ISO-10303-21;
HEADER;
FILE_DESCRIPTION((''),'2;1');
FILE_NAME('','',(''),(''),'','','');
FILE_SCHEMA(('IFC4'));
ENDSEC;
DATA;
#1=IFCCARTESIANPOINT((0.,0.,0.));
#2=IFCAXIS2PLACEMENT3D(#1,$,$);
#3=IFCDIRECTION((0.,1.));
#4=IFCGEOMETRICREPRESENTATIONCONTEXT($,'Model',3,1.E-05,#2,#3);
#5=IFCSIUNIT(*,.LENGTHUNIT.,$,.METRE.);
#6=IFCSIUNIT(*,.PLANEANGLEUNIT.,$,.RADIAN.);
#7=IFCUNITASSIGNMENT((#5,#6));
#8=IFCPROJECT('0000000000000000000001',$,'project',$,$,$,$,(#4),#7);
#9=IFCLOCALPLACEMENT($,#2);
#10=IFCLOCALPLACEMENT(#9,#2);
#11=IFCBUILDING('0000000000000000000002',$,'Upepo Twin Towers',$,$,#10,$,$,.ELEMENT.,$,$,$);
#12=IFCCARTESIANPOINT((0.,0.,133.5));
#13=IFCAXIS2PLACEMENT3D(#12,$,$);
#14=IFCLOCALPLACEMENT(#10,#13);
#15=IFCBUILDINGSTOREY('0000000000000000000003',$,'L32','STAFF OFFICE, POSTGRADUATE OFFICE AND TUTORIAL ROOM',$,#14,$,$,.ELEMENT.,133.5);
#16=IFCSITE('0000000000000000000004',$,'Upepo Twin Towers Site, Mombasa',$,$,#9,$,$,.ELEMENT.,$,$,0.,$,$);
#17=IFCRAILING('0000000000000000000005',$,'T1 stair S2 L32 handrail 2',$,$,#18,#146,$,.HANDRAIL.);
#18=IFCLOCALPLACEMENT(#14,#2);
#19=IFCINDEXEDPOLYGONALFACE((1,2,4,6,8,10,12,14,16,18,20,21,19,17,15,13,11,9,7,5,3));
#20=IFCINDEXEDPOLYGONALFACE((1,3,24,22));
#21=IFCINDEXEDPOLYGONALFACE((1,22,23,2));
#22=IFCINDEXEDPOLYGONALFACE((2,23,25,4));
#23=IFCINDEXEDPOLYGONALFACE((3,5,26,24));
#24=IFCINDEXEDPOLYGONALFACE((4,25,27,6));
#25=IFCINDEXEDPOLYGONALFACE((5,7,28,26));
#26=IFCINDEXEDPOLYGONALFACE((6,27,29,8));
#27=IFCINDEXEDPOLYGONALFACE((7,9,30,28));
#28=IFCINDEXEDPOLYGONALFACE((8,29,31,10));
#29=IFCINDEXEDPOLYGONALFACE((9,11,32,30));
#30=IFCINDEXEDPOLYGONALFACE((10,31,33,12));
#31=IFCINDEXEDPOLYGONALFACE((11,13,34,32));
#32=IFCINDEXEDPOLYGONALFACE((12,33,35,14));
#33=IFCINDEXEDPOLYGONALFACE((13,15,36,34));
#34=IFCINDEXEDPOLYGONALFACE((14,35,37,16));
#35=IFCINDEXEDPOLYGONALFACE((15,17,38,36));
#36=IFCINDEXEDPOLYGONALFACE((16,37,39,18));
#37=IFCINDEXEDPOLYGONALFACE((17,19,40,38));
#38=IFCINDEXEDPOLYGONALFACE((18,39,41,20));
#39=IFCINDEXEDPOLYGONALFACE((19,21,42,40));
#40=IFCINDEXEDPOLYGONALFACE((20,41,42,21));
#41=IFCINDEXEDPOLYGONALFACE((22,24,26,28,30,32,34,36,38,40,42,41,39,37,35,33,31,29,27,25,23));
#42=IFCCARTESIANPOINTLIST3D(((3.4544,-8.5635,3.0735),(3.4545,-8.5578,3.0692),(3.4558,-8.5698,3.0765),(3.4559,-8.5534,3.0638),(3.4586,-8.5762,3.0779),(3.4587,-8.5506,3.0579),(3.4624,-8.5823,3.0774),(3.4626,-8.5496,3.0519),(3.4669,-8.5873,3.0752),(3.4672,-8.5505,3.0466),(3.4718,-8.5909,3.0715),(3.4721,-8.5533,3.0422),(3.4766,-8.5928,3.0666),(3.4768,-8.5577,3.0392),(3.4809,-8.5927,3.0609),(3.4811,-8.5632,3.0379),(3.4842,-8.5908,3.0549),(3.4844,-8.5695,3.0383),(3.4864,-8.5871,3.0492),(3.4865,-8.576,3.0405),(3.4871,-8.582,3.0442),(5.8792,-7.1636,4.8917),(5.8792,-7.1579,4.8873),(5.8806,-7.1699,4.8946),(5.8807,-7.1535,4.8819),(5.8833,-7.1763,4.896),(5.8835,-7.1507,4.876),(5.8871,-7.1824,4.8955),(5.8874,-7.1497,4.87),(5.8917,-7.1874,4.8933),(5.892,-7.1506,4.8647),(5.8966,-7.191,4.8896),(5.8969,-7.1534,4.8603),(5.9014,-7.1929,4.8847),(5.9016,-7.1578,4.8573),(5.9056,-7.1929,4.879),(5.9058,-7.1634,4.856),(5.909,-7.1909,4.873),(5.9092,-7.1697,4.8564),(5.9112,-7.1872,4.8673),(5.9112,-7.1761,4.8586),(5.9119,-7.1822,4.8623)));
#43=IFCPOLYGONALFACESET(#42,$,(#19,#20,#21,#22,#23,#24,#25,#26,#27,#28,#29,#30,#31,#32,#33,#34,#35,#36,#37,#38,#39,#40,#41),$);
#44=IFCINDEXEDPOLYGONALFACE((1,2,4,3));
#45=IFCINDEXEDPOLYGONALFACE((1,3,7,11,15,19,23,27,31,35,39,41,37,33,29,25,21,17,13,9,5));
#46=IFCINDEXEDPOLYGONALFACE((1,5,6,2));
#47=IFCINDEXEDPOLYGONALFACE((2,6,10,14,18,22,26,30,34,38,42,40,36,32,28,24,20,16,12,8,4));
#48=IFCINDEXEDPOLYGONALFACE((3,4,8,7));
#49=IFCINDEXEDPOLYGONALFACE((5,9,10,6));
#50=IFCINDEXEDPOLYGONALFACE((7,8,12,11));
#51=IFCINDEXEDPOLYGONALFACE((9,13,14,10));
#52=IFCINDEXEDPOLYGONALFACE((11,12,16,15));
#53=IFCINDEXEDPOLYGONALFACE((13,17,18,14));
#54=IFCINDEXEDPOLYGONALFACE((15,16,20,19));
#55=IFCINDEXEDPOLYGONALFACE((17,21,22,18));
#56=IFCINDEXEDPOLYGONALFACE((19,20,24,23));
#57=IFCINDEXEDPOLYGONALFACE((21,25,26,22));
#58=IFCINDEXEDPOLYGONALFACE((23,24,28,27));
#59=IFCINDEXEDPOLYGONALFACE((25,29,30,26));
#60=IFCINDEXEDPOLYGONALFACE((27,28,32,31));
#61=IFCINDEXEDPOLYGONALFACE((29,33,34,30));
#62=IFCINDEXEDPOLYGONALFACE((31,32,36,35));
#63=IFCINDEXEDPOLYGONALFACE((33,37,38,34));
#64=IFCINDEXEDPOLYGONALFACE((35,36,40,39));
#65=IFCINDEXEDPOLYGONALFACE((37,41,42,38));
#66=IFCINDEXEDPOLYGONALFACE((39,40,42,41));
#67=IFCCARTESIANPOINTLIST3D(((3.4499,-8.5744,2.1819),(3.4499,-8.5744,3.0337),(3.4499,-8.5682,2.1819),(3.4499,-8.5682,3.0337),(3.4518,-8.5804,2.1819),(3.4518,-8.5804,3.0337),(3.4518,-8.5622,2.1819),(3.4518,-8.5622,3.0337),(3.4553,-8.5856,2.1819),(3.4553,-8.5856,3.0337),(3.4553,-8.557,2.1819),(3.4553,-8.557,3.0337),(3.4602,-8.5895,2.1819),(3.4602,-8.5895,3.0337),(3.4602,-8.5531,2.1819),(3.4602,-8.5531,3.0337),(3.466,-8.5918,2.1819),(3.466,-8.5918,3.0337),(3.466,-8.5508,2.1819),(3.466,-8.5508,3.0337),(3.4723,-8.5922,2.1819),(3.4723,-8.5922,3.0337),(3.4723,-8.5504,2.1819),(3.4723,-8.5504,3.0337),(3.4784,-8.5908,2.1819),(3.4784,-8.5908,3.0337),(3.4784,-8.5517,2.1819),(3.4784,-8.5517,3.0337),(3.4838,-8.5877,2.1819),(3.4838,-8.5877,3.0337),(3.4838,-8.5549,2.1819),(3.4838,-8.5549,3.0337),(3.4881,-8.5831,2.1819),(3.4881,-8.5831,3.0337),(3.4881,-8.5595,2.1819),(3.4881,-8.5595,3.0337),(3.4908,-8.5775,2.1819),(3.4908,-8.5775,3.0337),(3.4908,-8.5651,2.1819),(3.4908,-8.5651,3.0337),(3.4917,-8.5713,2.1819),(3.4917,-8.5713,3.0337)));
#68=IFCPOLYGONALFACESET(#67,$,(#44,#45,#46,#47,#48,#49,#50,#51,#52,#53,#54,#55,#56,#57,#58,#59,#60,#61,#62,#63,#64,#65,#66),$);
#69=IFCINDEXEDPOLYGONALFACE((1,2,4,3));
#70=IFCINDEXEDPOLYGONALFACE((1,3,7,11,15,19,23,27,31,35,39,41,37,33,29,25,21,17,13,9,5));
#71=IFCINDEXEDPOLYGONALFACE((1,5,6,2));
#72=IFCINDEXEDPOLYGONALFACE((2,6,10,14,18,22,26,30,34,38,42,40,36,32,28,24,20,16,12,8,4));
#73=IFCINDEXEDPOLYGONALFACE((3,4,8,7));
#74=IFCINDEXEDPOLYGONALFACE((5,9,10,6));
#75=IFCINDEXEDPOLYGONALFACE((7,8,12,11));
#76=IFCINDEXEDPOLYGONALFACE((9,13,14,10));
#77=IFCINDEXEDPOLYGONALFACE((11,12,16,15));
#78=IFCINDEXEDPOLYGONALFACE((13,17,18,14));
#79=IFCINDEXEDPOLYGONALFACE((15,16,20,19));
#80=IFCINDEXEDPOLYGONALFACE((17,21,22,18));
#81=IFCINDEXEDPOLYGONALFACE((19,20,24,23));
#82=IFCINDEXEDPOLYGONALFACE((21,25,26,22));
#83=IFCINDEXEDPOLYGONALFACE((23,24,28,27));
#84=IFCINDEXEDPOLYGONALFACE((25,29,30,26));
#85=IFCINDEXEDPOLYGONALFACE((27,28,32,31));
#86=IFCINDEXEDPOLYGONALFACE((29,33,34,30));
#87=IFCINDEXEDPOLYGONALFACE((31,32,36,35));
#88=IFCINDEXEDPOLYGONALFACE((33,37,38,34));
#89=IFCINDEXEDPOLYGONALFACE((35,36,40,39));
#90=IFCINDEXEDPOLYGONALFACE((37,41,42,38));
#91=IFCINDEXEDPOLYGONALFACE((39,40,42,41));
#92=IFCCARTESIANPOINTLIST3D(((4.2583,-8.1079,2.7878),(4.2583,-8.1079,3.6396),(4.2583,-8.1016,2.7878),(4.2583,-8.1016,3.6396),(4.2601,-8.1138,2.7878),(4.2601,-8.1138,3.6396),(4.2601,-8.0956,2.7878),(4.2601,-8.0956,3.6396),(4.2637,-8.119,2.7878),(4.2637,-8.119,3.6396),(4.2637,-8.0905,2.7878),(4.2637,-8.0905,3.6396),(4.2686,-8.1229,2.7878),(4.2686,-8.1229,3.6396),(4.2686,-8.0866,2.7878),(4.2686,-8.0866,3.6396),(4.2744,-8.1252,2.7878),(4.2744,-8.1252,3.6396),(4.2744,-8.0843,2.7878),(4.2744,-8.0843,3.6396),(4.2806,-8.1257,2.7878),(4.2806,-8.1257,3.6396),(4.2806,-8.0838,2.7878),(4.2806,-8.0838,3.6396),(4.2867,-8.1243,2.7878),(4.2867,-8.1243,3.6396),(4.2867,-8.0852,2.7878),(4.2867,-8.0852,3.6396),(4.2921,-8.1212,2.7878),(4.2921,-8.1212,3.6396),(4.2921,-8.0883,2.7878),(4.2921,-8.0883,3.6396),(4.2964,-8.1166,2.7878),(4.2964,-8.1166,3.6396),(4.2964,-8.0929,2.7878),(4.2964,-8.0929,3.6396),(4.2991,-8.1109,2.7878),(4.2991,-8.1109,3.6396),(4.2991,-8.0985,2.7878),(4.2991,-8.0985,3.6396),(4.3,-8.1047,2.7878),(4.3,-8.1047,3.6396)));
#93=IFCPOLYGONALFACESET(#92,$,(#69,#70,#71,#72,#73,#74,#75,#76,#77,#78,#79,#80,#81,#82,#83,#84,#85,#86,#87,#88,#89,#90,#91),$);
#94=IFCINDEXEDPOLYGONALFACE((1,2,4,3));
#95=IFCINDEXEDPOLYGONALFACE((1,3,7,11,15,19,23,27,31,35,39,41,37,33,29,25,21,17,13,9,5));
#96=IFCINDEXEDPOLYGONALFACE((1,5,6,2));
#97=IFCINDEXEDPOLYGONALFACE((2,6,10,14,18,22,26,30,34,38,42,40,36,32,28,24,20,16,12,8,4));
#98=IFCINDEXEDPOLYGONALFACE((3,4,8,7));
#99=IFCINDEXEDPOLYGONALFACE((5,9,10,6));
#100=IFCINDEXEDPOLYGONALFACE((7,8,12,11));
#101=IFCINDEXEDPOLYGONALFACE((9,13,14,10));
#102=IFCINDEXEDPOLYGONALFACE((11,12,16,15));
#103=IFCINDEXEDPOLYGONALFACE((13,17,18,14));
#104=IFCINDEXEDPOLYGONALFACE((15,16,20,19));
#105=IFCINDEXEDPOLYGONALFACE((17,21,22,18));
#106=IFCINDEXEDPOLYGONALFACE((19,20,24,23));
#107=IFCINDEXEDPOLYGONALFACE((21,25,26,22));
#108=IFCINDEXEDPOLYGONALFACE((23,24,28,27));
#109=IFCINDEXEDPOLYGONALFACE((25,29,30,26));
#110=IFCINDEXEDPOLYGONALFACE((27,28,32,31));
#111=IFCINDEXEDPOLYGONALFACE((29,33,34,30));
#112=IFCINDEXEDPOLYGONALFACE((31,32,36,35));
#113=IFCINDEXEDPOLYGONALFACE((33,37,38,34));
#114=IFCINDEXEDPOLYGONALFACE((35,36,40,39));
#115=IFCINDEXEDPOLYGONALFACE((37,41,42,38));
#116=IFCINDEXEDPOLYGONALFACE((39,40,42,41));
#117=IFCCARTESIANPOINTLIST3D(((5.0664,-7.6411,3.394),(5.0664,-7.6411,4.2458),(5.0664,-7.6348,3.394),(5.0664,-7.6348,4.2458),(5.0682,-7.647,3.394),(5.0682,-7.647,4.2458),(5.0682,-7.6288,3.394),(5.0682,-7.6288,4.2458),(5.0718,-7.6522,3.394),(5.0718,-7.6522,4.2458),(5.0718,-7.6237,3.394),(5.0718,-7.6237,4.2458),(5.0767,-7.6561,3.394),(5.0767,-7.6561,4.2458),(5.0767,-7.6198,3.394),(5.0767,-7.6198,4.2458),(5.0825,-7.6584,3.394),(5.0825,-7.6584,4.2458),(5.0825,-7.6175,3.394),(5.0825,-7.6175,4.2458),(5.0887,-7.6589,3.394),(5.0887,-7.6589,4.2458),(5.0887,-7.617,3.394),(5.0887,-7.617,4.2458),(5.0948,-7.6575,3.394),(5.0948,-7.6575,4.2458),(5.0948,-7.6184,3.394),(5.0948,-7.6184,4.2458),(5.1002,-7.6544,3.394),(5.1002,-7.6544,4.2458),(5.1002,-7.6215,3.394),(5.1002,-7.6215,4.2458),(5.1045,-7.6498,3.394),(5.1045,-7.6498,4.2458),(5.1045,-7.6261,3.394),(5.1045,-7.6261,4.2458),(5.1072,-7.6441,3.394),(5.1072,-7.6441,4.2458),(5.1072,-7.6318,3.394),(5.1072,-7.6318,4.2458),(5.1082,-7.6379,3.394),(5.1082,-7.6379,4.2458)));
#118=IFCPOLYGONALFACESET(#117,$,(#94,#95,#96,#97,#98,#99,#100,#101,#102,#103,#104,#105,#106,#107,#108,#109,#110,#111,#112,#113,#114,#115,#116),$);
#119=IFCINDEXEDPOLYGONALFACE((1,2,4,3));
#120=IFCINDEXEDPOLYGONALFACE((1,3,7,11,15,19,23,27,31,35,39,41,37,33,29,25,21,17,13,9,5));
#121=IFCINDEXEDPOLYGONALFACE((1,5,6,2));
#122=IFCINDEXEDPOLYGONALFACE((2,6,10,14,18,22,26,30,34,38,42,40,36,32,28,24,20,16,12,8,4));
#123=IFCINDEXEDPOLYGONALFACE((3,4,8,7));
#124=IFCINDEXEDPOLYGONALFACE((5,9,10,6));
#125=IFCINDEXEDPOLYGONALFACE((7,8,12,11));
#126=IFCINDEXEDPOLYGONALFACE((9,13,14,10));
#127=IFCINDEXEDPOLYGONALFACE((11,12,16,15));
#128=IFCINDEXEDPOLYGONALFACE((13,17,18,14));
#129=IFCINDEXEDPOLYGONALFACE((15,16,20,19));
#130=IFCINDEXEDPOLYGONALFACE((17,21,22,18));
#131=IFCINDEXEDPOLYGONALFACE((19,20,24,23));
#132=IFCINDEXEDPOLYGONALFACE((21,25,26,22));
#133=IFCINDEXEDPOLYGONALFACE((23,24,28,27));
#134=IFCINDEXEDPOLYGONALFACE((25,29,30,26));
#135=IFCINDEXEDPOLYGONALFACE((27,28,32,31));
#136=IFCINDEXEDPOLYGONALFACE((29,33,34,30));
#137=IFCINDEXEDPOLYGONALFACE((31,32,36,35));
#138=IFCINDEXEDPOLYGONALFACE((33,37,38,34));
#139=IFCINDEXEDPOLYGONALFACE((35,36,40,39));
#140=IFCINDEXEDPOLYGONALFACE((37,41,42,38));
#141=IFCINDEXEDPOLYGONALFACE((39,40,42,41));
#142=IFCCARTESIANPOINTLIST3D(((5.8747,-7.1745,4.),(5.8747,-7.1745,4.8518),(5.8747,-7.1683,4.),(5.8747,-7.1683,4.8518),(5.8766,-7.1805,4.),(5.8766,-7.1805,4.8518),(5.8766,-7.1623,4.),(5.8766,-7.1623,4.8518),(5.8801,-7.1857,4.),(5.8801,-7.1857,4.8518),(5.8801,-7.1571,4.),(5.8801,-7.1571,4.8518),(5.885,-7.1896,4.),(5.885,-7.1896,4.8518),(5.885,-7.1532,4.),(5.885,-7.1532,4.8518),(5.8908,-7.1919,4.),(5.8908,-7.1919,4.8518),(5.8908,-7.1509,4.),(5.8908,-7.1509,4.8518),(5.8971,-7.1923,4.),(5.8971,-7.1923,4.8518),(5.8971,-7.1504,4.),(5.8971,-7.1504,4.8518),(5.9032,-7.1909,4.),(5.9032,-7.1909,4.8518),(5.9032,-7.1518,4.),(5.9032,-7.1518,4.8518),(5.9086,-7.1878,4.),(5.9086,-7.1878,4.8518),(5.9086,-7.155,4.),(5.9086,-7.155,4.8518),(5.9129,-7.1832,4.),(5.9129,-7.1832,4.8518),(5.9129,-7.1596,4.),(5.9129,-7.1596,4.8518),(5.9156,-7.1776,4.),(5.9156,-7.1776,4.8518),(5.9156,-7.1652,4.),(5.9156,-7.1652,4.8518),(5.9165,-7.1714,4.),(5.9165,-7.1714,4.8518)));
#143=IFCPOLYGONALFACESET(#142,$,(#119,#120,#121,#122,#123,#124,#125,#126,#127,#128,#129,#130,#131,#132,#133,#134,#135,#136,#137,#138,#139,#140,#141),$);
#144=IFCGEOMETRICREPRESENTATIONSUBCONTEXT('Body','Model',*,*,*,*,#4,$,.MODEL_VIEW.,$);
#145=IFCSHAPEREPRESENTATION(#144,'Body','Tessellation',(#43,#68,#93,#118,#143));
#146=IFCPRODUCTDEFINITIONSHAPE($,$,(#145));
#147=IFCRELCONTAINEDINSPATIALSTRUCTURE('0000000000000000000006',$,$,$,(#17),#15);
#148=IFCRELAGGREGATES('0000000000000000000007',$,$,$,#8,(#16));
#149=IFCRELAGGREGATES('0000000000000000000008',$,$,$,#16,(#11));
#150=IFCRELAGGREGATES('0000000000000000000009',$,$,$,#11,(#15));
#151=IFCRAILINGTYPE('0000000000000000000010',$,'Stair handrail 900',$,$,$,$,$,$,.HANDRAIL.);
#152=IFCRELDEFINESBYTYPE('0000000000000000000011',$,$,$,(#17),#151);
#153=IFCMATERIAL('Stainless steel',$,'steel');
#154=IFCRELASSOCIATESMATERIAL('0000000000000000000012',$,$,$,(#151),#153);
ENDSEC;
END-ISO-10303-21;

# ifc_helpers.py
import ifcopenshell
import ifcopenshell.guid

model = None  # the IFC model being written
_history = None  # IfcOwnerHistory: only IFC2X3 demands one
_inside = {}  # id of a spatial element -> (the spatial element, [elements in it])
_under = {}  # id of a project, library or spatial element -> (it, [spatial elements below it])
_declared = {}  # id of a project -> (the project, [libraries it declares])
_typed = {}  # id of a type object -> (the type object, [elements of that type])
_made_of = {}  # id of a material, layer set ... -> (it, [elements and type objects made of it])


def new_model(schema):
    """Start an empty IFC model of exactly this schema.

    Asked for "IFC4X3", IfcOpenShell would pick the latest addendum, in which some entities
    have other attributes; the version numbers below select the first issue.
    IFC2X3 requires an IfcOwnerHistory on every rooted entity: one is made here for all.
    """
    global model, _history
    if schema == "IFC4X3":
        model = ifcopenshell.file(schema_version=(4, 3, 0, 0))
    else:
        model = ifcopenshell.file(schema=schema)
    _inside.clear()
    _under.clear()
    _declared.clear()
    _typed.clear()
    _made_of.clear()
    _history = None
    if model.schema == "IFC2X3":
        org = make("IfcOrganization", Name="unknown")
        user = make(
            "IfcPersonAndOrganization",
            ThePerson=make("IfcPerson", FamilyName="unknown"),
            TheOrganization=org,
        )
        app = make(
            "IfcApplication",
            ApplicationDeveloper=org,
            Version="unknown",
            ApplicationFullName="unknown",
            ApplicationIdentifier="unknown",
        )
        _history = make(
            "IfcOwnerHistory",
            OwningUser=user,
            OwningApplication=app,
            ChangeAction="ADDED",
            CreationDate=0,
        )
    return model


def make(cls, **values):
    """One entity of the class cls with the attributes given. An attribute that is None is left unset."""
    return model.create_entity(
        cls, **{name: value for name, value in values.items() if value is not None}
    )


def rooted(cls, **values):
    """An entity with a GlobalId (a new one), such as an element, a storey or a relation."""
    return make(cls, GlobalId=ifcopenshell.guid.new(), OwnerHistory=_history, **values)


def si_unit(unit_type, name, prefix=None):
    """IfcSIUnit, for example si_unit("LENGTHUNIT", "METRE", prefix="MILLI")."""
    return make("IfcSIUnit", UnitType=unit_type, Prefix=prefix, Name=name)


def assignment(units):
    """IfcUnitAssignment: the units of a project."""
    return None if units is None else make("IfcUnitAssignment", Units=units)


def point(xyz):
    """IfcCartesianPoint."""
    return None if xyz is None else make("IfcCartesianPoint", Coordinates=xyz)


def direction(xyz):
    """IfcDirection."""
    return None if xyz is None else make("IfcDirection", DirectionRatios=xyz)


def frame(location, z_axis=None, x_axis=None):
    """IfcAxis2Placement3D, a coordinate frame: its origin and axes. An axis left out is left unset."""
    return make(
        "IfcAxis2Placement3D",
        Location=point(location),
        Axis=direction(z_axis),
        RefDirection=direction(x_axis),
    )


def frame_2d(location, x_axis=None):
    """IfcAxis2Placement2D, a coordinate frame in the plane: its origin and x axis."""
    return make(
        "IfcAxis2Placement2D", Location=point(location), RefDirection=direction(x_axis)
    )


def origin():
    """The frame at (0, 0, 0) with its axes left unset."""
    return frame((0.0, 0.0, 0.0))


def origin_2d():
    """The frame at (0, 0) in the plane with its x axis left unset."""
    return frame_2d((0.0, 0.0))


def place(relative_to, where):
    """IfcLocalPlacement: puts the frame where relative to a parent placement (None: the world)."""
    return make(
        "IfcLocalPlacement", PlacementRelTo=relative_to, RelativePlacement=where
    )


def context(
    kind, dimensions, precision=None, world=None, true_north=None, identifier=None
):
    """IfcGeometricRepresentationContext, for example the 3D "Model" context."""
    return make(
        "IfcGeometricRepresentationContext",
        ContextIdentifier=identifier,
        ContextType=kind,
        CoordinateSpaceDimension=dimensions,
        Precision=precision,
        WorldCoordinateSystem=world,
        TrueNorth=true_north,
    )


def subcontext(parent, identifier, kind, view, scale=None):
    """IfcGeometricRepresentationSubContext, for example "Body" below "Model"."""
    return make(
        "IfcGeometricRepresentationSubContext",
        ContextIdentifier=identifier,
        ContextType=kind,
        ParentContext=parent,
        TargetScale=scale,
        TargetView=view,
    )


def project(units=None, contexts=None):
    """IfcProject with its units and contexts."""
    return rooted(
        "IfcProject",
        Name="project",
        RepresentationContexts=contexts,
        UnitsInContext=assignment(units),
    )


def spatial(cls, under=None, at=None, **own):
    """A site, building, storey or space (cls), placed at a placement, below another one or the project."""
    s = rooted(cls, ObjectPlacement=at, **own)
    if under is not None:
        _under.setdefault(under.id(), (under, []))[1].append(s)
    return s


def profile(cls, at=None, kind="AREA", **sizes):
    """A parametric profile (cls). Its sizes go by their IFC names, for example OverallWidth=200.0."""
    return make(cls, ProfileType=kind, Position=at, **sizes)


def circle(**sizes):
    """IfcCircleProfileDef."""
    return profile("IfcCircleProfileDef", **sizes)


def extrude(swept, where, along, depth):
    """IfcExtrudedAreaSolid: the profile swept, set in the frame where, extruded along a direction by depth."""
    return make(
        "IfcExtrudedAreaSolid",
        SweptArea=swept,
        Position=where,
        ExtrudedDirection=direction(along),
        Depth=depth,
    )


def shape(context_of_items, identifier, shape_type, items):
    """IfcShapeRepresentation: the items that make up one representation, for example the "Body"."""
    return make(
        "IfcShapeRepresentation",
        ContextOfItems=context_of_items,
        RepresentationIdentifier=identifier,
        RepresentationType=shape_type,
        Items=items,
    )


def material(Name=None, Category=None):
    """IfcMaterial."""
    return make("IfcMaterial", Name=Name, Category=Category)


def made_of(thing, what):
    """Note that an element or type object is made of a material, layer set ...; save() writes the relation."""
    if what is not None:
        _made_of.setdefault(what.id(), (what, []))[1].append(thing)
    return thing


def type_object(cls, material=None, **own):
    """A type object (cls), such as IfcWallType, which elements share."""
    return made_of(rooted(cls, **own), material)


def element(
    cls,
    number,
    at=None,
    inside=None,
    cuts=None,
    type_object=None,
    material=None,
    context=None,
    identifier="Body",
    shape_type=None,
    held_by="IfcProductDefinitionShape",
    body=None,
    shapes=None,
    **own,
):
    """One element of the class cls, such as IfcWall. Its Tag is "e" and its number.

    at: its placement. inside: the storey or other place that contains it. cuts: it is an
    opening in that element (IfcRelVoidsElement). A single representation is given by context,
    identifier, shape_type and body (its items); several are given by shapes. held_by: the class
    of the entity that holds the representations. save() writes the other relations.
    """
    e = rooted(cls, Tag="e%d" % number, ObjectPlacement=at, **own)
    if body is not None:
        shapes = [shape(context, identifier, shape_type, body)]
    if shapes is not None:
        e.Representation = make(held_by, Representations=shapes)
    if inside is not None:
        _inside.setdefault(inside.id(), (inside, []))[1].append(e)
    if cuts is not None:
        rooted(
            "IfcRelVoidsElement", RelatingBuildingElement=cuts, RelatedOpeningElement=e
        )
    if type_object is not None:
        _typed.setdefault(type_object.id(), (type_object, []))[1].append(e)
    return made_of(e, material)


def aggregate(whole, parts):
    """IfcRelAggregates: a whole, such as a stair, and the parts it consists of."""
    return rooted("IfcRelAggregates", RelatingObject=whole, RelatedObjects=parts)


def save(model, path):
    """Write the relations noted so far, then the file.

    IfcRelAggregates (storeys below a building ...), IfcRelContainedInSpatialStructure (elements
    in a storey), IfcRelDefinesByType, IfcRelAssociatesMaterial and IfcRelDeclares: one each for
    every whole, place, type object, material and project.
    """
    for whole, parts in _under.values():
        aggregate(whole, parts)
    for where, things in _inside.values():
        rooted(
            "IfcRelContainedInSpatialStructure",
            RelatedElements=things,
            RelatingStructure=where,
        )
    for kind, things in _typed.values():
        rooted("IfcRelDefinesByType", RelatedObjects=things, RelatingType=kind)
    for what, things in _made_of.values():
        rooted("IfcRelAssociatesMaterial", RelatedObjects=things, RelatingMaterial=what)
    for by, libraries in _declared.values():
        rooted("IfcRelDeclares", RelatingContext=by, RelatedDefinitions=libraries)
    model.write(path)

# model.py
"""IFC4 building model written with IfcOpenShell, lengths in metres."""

from ifc_helpers import new_model, si_unit, direction, frame, origin, origin_2d, place, context, subcontext, project, spatial, circle, extrude, material, type_object, element, save


model = new_model("IFC4")

# Units and contexts
model_context = context("Model", 3, precision=1e-05, world=origin(), true_north=direction((0.0, 1.0)))
body_context = subcontext(model_context, "Body", "Model", "MODEL_VIEW")
ifc_project = project(units=[si_unit("LENGTHUNIT", "METRE"), si_unit("PLANEANGLEUNIT", "RADIAN")], contexts=[model_context])

# Site, building, storey
site_placement = place(None, origin())
site = spatial("IfcSite", under=ifc_project, at=site_placement, Name="Upepo Twin Towers Site, Mombasa", CompositionType="ELEMENT", RefElevation=0.0)
building_placement = place(site_placement, origin())
building = spatial("IfcBuilding", under=site, at=building_placement, Name="Upepo Twin Towers", CompositionType="ELEMENT")
storey_placement = place(building_placement, frame((0.0, 0.0, 133.5)))
storey = spatial("IfcBuildingStorey", under=building, at=storey_placement, Name="L32", Description="STAFF OFFICE, POSTGRADUATE OFFICE AND TUTORIAL ROOM", CompositionType="ELEMENT", Elevation=133.5)

# Railing
ifc_material_1 = material(Name="Stainless steel", Category="steel")
railing_type = type_object("IfcRailingType", Name="Stair handrail 900", PredefinedType="HANDRAIL", material=ifc_material_1)
railing_1_placement = place(storey_placement, frame((3.4707, -8.5713, 2.1819)))
element("IfcRailing", 1, at=railing_1_placement, inside=storey, type_object=railing_type, Name="T1 stair S2 L32 handrail 2", PredefinedType="HANDRAIL", context=body_context, shape_type="SweptSolid", body=[
    extrude(circle(Radius=0.0239, at=origin_2d()), frame((0.0, 0.0, 0.876), z_axis=(0.726336, 0.419333, 0.544606), x_axis=(-0.499984, 0.866035, 0.0)), (0.0, 0.0, 1.0), 3.3384),
    extrude(circle(Radius=0.021, at=origin_2d()), origin(), (0.0, 0.0, 1.0), 0.8518),
    extrude(circle(Radius=0.021, at=origin_2d()), frame((0.8083, 0.4666, 0.606)), (0.0, 0.0, 1.0), 0.8518),
    extrude(circle(Radius=0.021, at=origin_2d()), frame((1.6165, 0.9333, 1.2122)), (0.0, 0.0, 1.0), 0.8518),
    extrude(circle(Radius=0.021, at=origin_2d()), frame((2.4248, 1.3999, 1.8181)), (0.0, 0.0, 1.0), 0.8518),
])

save(model, "model.ifc")
